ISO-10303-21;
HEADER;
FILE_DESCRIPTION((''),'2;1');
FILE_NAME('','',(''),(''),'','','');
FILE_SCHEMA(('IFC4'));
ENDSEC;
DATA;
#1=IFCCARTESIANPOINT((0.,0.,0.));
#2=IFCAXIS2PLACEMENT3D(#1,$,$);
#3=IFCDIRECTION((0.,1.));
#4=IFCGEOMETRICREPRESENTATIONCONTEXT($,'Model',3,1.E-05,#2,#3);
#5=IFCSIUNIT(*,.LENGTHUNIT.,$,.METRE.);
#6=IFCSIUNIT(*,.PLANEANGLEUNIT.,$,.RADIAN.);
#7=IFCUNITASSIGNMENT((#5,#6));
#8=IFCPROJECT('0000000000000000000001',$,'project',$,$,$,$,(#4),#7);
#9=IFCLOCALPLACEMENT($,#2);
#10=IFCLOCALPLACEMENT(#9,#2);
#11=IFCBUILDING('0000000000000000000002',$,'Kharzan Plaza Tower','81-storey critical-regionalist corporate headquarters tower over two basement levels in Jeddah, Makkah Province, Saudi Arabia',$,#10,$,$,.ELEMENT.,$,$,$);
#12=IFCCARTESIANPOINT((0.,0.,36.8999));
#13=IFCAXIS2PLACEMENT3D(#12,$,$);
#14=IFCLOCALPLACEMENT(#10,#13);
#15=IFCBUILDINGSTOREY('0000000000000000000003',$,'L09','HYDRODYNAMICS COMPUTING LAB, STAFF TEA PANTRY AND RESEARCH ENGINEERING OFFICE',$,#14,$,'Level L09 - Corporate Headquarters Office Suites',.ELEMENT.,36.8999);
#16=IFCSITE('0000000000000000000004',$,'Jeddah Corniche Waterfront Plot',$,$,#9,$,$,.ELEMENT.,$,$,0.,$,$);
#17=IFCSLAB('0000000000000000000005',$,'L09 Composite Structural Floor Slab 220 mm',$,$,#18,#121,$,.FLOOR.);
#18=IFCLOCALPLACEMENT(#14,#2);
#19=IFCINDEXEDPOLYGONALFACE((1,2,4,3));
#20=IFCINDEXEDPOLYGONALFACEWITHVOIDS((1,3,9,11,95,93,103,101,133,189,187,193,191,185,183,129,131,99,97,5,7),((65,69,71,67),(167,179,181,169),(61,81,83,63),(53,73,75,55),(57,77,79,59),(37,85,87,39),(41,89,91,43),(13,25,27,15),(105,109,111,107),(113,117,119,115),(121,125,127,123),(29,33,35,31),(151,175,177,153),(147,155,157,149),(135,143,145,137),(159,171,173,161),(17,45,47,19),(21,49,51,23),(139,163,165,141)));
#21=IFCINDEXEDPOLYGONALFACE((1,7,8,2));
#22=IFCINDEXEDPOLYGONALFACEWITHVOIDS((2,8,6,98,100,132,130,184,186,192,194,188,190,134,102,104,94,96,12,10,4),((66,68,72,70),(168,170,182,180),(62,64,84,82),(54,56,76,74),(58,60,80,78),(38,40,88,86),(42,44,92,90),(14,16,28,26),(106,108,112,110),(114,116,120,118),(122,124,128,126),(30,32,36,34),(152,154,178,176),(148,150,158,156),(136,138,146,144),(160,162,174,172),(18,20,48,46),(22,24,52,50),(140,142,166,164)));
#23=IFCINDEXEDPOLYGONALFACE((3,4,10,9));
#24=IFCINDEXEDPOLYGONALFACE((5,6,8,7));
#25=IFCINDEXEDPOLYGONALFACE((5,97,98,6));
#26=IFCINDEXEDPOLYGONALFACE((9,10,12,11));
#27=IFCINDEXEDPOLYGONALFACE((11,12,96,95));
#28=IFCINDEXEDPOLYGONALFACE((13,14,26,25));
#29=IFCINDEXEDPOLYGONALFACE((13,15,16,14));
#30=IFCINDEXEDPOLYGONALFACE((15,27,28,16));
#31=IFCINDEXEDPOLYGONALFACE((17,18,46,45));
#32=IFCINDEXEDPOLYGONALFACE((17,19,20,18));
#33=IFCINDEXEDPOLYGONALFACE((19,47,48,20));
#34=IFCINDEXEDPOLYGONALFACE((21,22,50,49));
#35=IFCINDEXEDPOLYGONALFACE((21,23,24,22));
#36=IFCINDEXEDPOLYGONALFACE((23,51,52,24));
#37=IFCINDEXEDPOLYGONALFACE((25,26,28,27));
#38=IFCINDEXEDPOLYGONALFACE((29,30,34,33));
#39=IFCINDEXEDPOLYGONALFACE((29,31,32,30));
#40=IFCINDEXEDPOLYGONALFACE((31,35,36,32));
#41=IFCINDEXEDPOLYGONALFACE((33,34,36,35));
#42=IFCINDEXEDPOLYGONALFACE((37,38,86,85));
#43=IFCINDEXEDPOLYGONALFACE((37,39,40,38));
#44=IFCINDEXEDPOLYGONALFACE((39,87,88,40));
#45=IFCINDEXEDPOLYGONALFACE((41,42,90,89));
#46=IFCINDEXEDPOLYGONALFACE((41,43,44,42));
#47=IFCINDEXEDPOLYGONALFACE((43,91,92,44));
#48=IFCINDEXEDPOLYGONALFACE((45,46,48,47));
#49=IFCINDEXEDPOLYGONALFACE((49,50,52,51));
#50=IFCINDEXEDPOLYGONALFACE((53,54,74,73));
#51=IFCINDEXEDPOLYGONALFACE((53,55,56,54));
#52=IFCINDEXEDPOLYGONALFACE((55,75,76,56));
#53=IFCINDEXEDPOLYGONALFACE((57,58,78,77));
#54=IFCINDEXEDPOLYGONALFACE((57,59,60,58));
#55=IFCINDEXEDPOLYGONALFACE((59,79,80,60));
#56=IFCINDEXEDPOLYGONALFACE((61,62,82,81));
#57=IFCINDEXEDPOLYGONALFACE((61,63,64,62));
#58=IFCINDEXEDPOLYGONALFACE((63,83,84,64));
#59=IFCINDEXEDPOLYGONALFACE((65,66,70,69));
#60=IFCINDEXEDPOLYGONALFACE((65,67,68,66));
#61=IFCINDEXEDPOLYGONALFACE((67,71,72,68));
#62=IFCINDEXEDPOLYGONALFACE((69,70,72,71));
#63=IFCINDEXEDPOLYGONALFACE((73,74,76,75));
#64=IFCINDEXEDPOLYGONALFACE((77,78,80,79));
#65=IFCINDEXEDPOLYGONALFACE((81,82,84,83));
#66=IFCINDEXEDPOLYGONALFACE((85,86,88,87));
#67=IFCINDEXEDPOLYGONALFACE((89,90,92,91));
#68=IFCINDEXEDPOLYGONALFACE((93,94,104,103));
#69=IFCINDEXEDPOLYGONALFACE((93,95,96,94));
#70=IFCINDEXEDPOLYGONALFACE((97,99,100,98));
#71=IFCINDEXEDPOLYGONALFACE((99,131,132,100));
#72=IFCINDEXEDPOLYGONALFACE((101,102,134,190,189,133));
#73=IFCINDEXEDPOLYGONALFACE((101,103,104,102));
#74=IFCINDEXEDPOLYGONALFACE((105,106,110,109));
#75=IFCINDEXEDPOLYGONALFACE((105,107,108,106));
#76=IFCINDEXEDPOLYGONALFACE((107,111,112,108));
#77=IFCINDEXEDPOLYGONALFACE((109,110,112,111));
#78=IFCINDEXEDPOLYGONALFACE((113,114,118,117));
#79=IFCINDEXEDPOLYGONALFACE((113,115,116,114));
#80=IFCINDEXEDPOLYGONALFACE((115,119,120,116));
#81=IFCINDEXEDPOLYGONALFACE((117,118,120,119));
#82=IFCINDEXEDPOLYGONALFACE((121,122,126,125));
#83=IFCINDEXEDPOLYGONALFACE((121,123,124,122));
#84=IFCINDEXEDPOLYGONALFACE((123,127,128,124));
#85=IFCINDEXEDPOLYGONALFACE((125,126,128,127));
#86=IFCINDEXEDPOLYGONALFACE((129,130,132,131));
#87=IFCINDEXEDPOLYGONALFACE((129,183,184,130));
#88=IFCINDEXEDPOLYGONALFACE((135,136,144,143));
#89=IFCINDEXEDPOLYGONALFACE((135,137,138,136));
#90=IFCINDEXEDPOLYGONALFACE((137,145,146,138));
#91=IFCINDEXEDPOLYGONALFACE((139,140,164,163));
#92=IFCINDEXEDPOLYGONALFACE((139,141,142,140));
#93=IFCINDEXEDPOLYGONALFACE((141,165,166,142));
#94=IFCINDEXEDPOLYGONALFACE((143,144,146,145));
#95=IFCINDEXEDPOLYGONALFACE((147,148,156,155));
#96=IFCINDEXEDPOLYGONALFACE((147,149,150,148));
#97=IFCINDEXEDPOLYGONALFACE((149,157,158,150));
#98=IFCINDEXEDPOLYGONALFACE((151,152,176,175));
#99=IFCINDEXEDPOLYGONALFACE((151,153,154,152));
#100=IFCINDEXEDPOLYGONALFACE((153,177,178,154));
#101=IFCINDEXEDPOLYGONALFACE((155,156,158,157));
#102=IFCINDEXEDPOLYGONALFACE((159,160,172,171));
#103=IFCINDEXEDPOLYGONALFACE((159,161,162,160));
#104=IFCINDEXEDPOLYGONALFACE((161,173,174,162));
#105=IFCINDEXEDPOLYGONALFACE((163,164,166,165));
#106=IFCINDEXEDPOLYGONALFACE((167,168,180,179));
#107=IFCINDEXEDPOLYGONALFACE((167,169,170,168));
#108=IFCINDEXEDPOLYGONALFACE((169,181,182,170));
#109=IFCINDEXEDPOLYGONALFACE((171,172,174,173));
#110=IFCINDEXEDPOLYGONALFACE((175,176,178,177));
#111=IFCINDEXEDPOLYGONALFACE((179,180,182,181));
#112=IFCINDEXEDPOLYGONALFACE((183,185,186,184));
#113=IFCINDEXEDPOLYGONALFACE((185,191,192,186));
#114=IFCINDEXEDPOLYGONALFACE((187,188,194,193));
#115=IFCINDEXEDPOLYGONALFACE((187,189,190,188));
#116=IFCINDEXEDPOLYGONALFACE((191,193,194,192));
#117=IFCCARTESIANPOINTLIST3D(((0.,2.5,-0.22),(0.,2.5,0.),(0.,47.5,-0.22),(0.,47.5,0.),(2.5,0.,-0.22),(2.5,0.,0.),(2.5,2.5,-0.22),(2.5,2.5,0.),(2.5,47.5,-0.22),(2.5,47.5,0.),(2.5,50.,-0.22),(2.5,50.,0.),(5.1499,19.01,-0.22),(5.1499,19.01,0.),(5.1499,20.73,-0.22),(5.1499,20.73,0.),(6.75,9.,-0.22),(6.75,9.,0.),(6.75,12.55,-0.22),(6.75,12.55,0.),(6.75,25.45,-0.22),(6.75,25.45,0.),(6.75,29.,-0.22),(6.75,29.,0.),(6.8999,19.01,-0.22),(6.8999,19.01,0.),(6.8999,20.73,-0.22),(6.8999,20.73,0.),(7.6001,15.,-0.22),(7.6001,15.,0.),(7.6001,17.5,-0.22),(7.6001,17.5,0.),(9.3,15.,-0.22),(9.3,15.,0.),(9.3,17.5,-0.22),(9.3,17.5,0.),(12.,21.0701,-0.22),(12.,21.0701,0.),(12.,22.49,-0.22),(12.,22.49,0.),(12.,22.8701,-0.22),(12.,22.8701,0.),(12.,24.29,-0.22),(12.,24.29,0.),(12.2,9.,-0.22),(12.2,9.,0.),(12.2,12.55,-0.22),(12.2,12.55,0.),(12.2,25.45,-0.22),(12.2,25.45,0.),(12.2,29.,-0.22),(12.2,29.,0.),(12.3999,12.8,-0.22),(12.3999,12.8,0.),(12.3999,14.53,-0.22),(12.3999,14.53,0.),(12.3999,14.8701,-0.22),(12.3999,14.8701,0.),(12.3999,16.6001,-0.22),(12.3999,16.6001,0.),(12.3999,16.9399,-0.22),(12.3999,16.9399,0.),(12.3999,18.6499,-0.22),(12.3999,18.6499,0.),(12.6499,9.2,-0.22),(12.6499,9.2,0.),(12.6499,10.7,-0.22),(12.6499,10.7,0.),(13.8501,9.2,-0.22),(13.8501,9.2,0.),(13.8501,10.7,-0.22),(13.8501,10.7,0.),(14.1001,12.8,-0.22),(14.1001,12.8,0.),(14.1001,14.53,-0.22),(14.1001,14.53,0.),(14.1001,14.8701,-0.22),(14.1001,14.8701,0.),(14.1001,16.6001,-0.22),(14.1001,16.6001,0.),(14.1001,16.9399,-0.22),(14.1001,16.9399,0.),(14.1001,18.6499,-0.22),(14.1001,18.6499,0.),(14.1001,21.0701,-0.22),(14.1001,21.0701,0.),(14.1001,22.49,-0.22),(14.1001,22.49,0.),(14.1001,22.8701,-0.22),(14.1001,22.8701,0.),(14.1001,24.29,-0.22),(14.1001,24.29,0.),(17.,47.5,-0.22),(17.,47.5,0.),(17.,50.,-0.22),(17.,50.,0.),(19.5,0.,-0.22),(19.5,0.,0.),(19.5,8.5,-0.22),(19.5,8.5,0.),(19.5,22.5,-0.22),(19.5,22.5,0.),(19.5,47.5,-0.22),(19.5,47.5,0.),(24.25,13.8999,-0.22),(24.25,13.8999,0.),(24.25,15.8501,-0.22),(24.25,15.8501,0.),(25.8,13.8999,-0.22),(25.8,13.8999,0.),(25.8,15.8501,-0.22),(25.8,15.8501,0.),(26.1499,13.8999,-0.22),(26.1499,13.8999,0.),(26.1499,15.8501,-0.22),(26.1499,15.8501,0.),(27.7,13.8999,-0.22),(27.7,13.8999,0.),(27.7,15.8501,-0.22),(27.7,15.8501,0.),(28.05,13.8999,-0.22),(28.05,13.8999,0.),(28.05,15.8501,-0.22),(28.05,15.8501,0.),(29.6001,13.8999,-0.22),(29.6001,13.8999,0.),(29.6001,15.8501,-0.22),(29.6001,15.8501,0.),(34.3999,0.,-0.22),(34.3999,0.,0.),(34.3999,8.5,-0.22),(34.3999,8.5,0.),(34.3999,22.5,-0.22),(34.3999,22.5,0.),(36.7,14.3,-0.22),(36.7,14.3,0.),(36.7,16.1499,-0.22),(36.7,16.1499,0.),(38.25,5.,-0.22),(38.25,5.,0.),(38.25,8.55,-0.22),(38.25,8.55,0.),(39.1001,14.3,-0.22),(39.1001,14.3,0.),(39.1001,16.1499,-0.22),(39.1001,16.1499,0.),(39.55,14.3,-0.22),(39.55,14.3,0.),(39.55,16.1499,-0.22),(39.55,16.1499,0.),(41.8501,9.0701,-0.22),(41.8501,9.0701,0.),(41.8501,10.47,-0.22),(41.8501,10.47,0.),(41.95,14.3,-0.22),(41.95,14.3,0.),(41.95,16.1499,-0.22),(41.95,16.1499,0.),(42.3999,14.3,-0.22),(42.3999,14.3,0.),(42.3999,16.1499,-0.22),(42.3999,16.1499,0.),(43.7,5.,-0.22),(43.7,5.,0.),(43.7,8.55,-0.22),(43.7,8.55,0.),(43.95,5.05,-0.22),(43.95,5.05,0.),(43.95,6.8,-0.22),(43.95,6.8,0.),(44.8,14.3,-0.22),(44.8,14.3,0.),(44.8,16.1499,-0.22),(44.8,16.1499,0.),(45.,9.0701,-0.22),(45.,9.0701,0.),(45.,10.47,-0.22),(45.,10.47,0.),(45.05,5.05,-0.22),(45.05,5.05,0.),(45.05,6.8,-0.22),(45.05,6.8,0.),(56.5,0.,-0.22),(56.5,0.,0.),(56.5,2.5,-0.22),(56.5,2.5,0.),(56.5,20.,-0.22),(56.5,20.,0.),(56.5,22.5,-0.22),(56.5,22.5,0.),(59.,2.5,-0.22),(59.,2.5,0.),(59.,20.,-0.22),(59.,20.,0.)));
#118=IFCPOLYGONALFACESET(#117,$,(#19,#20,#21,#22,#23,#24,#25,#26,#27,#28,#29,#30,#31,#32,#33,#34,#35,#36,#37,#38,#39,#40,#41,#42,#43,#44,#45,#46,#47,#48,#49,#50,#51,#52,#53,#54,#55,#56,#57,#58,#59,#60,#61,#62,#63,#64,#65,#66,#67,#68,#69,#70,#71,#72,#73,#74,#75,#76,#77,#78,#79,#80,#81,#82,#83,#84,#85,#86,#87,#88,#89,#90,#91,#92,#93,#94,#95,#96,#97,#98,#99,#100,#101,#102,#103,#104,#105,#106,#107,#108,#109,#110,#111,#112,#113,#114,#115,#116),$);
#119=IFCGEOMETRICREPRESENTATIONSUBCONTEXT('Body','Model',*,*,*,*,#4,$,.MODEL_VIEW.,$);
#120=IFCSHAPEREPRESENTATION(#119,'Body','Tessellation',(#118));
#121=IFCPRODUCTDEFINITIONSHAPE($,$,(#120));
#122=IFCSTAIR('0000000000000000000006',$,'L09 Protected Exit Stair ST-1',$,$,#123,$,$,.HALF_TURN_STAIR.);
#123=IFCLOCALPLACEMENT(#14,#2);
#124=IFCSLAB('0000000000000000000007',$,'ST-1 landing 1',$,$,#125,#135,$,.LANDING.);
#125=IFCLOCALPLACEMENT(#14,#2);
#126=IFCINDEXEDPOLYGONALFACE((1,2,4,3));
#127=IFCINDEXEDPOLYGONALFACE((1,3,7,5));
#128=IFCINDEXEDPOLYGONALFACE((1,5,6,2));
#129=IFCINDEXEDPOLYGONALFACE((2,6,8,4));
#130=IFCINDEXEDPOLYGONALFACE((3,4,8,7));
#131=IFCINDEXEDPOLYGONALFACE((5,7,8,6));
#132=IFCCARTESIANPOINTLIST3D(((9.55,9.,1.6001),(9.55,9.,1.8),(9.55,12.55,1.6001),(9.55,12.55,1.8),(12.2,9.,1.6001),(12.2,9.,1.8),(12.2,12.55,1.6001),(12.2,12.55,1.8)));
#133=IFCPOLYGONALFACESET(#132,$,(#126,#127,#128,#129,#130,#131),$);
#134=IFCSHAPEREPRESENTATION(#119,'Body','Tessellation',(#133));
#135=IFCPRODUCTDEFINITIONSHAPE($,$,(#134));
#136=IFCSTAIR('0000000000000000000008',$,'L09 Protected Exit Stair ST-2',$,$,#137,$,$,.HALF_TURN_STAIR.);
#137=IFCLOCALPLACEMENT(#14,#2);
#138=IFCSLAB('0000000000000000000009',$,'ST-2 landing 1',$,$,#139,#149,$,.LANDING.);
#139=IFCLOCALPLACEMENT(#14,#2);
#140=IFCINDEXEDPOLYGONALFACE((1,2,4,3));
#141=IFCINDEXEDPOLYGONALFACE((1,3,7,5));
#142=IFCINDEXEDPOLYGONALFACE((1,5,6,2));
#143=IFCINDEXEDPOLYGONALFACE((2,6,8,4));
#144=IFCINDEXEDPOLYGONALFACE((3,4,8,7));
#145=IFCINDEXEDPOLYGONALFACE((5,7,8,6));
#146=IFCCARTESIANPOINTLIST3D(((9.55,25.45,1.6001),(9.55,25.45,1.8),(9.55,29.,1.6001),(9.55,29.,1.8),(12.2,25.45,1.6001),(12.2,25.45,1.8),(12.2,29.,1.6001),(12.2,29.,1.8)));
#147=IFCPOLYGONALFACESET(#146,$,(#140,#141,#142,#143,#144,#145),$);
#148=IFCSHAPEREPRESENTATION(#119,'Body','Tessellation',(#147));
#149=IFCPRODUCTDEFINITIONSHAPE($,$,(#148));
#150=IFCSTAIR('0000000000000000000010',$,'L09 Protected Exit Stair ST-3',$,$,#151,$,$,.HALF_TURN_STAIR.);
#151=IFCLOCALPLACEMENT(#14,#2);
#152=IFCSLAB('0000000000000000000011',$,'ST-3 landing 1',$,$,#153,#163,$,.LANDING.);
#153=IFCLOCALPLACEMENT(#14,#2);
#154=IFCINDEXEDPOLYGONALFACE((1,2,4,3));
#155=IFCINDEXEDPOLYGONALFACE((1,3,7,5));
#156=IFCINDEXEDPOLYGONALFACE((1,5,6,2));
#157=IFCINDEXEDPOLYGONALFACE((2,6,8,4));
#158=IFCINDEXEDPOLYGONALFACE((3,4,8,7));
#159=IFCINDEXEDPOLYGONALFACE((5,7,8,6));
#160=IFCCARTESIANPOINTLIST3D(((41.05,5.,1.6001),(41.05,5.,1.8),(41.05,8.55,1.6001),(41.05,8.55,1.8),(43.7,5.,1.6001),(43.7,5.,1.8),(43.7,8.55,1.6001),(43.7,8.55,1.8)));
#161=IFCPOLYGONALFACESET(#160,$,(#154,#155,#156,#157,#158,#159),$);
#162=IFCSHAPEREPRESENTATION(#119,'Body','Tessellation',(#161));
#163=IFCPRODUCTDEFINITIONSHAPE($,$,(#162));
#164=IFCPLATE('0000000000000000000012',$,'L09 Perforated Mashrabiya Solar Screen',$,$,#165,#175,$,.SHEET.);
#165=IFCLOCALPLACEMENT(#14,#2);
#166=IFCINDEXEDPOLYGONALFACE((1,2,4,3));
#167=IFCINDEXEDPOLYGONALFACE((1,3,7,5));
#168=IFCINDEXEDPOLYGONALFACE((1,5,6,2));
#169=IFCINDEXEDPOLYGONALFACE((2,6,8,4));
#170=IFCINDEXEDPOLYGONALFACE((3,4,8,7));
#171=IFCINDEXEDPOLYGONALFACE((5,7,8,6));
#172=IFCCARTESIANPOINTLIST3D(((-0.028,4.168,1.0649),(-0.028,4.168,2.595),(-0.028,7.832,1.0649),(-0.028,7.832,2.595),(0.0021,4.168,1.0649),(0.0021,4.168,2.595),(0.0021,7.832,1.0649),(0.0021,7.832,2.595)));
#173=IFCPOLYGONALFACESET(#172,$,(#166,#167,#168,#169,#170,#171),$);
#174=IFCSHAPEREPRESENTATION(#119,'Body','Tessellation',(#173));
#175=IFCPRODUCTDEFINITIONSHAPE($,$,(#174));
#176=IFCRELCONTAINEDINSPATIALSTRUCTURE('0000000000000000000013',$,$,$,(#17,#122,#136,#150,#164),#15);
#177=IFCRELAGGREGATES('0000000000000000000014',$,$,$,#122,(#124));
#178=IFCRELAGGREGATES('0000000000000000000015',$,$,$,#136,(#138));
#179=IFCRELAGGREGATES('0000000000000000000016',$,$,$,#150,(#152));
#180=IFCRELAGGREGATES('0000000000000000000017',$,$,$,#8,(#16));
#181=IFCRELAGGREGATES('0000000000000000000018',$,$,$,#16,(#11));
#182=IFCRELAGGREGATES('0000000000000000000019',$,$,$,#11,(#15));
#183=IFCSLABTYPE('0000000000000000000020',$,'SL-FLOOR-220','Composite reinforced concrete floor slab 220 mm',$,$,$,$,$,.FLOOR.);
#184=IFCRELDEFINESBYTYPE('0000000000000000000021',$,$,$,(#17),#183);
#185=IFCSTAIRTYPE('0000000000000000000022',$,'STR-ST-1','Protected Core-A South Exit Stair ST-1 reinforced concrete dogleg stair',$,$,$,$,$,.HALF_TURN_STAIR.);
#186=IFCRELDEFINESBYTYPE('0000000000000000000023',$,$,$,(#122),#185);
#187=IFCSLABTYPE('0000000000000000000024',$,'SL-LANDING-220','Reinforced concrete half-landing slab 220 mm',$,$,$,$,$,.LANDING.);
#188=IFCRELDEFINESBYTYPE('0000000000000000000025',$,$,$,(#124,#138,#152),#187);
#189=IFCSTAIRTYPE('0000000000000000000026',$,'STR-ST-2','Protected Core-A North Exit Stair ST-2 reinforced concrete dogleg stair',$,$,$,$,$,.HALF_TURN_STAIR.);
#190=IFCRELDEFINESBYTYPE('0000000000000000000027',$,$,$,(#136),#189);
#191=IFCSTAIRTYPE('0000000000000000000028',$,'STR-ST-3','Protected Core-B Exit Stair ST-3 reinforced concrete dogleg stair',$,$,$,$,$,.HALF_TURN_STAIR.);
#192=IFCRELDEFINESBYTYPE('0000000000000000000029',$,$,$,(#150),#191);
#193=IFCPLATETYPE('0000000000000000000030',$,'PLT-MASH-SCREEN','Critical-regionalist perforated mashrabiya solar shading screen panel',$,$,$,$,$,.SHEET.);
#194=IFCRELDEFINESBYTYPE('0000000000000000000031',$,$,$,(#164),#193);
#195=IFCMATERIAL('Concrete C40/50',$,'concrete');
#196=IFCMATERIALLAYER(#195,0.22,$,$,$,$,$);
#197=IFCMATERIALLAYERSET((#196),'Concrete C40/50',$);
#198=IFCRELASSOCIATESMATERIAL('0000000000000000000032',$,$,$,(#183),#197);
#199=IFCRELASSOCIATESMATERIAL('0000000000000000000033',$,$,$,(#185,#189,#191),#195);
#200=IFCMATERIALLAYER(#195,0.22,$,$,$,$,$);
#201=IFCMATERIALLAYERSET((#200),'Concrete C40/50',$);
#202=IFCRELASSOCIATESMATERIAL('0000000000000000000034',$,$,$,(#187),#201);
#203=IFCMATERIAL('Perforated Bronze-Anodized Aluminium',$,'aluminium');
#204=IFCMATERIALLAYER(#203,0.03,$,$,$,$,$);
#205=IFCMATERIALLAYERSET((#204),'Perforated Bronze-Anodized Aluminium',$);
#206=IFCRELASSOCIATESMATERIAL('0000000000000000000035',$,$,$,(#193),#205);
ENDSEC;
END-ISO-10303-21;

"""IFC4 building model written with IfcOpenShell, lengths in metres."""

from ifc_helpers import new_model, si_unit, direction, frame, origin, origin_2d, place, context, subcontext, project, spatial, polyline, rectangle, outline, extrude, source, transform, mapped, material, layer, layer_set, type_object, element, aggregate, save


model = new_model("IFC4")

# Units and contexts
model_context = context("Model", 3, precision=1e-05, world=origin(), true_north=direction((0.0, 1.0)))
body_context = subcontext(model_context, "Body", "Model", "MODEL_VIEW")
ifc_project = project(units=[si_unit("LENGTHUNIT", "METRE"), si_unit("PLANEANGLEUNIT", "RADIAN")], contexts=[model_context])

# Site, building, storey
site_placement = place(None, origin())
site = spatial("IfcSite", under=ifc_project, at=site_placement, Name="Jeddah Corniche Waterfront Plot", CompositionType="ELEMENT", RefElevation=0.0)
building_placement = place(site_placement, origin())
building = spatial("IfcBuilding", under=site, at=building_placement, Name="Kharzan Plaza Tower", Description="81-storey critical-regionalist corporate headquarters tower over two basement levels in Jeddah, Makkah Province, Saudi Arabia", CompositionType="ELEMENT")
storey_placement = place(building_placement, frame((0.0, 0.0, 36.8999)))
storey = spatial("IfcBuildingStorey", under=building, at=storey_placement, Name="L09", Description="HYDRODYNAMICS COMPUTING LAB, STAFF TEA PANTRY AND RESEARCH ENGINEERING OFFICE", LongName="Level L09 - Corporate Headquarters Office Suites", CompositionType="ELEMENT", Elevation=36.8999)

# Slab
ifc_material_1 = material(Name="Concrete C40/50", Category="concrete")
ifc_layer_1 = layer(ifc_material_1, 0.22)
ifc_layer_set_1 = layer_set([ifc_layer_1], Name="Concrete C40/50")
slab_type_1 = type_object("IfcSlabType", Name="SL-FLOOR-220", Description="Composite reinforced concrete floor slab 220 mm", PredefinedType="FLOOR", material=ifc_layer_set_1)
slab_1_placement = place(storey_placement, frame((0.0, 0.0, -0.22)))
element("IfcSlab", 1, at=slab_1_placement, inside=storey, type_object=slab_type_1, Name="L09 Composite Structural Floor Slab 220 mm", PredefinedType="FLOOR", context=body_context, shape_type="SweptSolid", body=[
    extrude(outline(polyline([(34.3999, 22.5), (19.5, 22.5), (19.5, 47.5), (17.0, 47.5), (17.0, 50.0), (2.5, 50.0), (2.5, 47.5), (0.0, 47.5), (0.0, 2.5), (2.5, 2.5), (2.5, 0.0), (19.5, 0.0), (19.5, 8.5), (34.3999, 8.5), (34.3999, 0.0), (56.5, 0.0), (56.5, 2.5), (59.0, 2.5), (59.0, 20.0), (56.5, 20.0), (56.5, 22.5), (34.3999, 22.5)]), holes=[polyline([(13.8501, 9.2), (13.8501, 10.7), (12.6499, 10.7), (12.6499, 9.2), (13.8501, 9.2)]), polyline([(12.2, 9.0), (12.2, 12.55), (6.75, 12.55), (6.75, 9.0), (12.2, 9.0)]), polyline([(14.1001, 12.8), (14.1001, 14.53), (12.3999, 14.53), (12.3999, 12.8), (14.1001, 12.8)]), polyline([(14.1001, 14.8701), (14.1001, 16.6001), (12.3999, 16.6001), (12.3999, 14.8701), (14.1001, 14.8701)]), polyline([(9.3, 15.0), (9.3, 17.5), (7.6001, 17.5), (7.6001, 15.0), (9.3, 15.0)]), polyline([(14.1001, 16.9399), (14.1001, 18.6499), (12.3999, 18.6499), (12.3999, 16.9399), (14.1001, 16.9399)]), polyline([(6.8999, 19.01), (6.8999, 20.73), (5.1499, 20.73), (5.1499, 19.01), (6.8999, 19.01)]), polyline([(12.0, 21.0701), (14.1001, 21.0701), (14.1001, 22.49), (12.0, 22.49), (12.0, 21.0701)]), polyline([(12.0, 22.8701), (14.1001, 22.8701), (14.1001, 24.29), (12.0, 24.29), (12.0, 22.8701)]), polyline([(12.2, 25.45), (12.2, 29.0), (6.75, 29.0), (6.75, 25.45), (12.2, 25.45)]), polyline([(45.05, 5.05), (45.05, 6.8), (43.95, 6.8), (43.95, 5.05), (45.05, 5.05)]), polyline([(43.7, 5.0), (43.7, 8.55), (38.25, 8.55), (38.25, 5.0), (43.7, 5.0)]), polyline([(41.8501, 9.0701), (45.0, 9.0701), (45.0, 10.47), (41.8501, 10.47), (41.8501, 9.0701)]), polyline([(24.25, 13.8999), (25.8, 13.8999), (25.8, 15.8501), (24.25, 15.8501), (24.25, 13.8999)]), polyline([(27.7, 13.8999), (27.7, 15.8501), (26.1499, 15.8501), (26.1499, 13.8999), (27.7, 13.8999)]), polyline([(29.6001, 13.8999), (29.6001, 15.8501), (28.05, 15.8501), (28.05, 13.8999), (29.6001, 13.8999)]), polyline([(39.1001, 14.3), (39.1001, 16.1499), (36.7, 16.1499), (36.7, 14.3), (39.1001, 14.3)]), polyline([(39.55, 14.3), (41.95, 14.3), (41.95, 16.1499), (39.55, 16.1499), (39.55, 14.3)]), polyline([(42.3999, 14.3), (44.8, 14.3), (44.8, 16.1499), (42.3999, 16.1499), (42.3999, 14.3)])]), origin(), (0.0, 0.0, 1.0), 0.22),
])

# Stairs, slabs
stair_type_1 = type_object("IfcStairType", Name="STR-ST-1", Description="Protected Core-A South Exit Stair ST-1 reinforced concrete dogleg stair", PredefinedType="HALF_TURN_STAIR", material=ifc_material_1)
stair_1_placement = place(storey_placement, origin())
stair_1 = element("IfcStair", 2, at=stair_1_placement, inside=storey, type_object=stair_type_1, Name="L09 Protected Exit Stair ST-1", PredefinedType="HALF_TURN_STAIR")
ifc_layer_2 = layer(ifc_material_1, 0.22)
ifc_layer_set_2 = layer_set([ifc_layer_2], Name="Concrete C40/50")
slab_type_2 = type_object("IfcSlabType", Name="SL-LANDING-220", Description="Reinforced concrete half-landing slab 220 mm", PredefinedType="LANDING", material=ifc_layer_set_2)
slab_2_placement = place(storey_placement, frame((0.0, 0.0, 1.6001)))
slab_2 = element("IfcSlab", 3, at=slab_2_placement, type_object=slab_type_2, Name="ST-1 landing 1", PredefinedType="LANDING", context=body_context, shape_type="SweptSolid", body=[
    extrude(outline(polyline([(9.55, 9.0), (12.2, 9.0), (12.2, 12.55), (9.55, 12.55), (9.55, 9.0)])), origin(), (0.0, 0.0, 1.0), 0.2),
])
aggregate(stair_1, [slab_2])
stair_type_2 = type_object("IfcStairType", Name="STR-ST-2", Description="Protected Core-A North Exit Stair ST-2 reinforced concrete dogleg stair", PredefinedType="HALF_TURN_STAIR", material=ifc_material_1)
stair_2_placement = place(storey_placement, origin())
stair_2 = element("IfcStair", 4, at=stair_2_placement, inside=storey, type_object=stair_type_2, Name="L09 Protected Exit Stair ST-2", PredefinedType="HALF_TURN_STAIR")
slab_3_placement = place(storey_placement, frame((0.0, 0.0, 1.6001)))
slab_3 = element("IfcSlab", 5, at=slab_3_placement, type_object=slab_type_2, Name="ST-2 landing 1", PredefinedType="LANDING", context=body_context, shape_type="SweptSolid", body=[
    extrude(outline(polyline([(9.55, 25.45), (12.2, 25.45), (12.2, 29.0), (9.55, 29.0), (9.55, 25.45)])), origin(), (0.0, 0.0, 1.0), 0.2),
])
aggregate(stair_2, [slab_3])
stair_type_3 = type_object("IfcStairType", Name="STR-ST-3", Description="Protected Core-B Exit Stair ST-3 reinforced concrete dogleg stair", PredefinedType="HALF_TURN_STAIR", material=ifc_material_1)
stair_3_placement = place(storey_placement, origin())
stair_3 = element("IfcStair", 6, at=stair_3_placement, inside=storey, type_object=stair_type_3, Name="L09 Protected Exit Stair ST-3", PredefinedType="HALF_TURN_STAIR")
slab_4_placement = place(storey_placement, frame((0.0, 0.0, 1.6001)))
slab_4 = element("IfcSlab", 7, at=slab_4_placement, type_object=slab_type_2, Name="ST-3 landing 1", PredefinedType="LANDING", context=body_context, shape_type="SweptSolid", body=[
    extrude(outline(polyline([(41.05, 5.0), (43.7, 5.0), (43.7, 8.55), (41.05, 8.55), (41.05, 5.0)])), origin(), (0.0, 0.0, 1.0), 0.2),
])
aggregate(stair_3, [slab_4])

# Plate
ifc_material_2 = material(Name="Perforated Bronze-Anodized Aluminium", Category="aluminium")
ifc_layer_3 = layer(ifc_material_2, 0.03)
ifc_layer_set_3 = layer_set([ifc_layer_3], Name="Perforated Bronze-Anodized Aluminium")
plate_type = type_object("IfcPlateType", Name="PLT-MASH-SCREEN", Description="Critical-regionalist perforated mashrabiya solar shading screen panel", PredefinedType="SHEET", material=ifc_layer_set_3)
shared_shape_1 = source(origin(), body_context, "Body", "SweptSolid", [
    extrude(rectangle(XDim=3.6641, YDim=0.03, at=origin_2d()), origin(), (0.0, 0.0, 1.0), 1.53),
])
plate_1_placement = place(storey_placement, frame((-0.0129, 6.0, 1.0649), z_axis=(0.0, 0.0, 1.0), x_axis=(0.0, -1.0, 0.0)))
element("IfcPlate", 8, at=plate_1_placement, inside=storey, type_object=plate_type, Name="L09 Perforated Mashrabiya Solar Screen", PredefinedType="SHEET", context=body_context, shape_type="MappedRepresentation", body=[
    mapped(shared_shape_1, transform((0.0, 0.0, 0.0), x_axis=(1.0, 0.0, 0.0), y_axis=(0.0, 1.0, 0.0), z_axis=(0.0, 0.0, 1.0))),
])

save(model, "model.ifc")
